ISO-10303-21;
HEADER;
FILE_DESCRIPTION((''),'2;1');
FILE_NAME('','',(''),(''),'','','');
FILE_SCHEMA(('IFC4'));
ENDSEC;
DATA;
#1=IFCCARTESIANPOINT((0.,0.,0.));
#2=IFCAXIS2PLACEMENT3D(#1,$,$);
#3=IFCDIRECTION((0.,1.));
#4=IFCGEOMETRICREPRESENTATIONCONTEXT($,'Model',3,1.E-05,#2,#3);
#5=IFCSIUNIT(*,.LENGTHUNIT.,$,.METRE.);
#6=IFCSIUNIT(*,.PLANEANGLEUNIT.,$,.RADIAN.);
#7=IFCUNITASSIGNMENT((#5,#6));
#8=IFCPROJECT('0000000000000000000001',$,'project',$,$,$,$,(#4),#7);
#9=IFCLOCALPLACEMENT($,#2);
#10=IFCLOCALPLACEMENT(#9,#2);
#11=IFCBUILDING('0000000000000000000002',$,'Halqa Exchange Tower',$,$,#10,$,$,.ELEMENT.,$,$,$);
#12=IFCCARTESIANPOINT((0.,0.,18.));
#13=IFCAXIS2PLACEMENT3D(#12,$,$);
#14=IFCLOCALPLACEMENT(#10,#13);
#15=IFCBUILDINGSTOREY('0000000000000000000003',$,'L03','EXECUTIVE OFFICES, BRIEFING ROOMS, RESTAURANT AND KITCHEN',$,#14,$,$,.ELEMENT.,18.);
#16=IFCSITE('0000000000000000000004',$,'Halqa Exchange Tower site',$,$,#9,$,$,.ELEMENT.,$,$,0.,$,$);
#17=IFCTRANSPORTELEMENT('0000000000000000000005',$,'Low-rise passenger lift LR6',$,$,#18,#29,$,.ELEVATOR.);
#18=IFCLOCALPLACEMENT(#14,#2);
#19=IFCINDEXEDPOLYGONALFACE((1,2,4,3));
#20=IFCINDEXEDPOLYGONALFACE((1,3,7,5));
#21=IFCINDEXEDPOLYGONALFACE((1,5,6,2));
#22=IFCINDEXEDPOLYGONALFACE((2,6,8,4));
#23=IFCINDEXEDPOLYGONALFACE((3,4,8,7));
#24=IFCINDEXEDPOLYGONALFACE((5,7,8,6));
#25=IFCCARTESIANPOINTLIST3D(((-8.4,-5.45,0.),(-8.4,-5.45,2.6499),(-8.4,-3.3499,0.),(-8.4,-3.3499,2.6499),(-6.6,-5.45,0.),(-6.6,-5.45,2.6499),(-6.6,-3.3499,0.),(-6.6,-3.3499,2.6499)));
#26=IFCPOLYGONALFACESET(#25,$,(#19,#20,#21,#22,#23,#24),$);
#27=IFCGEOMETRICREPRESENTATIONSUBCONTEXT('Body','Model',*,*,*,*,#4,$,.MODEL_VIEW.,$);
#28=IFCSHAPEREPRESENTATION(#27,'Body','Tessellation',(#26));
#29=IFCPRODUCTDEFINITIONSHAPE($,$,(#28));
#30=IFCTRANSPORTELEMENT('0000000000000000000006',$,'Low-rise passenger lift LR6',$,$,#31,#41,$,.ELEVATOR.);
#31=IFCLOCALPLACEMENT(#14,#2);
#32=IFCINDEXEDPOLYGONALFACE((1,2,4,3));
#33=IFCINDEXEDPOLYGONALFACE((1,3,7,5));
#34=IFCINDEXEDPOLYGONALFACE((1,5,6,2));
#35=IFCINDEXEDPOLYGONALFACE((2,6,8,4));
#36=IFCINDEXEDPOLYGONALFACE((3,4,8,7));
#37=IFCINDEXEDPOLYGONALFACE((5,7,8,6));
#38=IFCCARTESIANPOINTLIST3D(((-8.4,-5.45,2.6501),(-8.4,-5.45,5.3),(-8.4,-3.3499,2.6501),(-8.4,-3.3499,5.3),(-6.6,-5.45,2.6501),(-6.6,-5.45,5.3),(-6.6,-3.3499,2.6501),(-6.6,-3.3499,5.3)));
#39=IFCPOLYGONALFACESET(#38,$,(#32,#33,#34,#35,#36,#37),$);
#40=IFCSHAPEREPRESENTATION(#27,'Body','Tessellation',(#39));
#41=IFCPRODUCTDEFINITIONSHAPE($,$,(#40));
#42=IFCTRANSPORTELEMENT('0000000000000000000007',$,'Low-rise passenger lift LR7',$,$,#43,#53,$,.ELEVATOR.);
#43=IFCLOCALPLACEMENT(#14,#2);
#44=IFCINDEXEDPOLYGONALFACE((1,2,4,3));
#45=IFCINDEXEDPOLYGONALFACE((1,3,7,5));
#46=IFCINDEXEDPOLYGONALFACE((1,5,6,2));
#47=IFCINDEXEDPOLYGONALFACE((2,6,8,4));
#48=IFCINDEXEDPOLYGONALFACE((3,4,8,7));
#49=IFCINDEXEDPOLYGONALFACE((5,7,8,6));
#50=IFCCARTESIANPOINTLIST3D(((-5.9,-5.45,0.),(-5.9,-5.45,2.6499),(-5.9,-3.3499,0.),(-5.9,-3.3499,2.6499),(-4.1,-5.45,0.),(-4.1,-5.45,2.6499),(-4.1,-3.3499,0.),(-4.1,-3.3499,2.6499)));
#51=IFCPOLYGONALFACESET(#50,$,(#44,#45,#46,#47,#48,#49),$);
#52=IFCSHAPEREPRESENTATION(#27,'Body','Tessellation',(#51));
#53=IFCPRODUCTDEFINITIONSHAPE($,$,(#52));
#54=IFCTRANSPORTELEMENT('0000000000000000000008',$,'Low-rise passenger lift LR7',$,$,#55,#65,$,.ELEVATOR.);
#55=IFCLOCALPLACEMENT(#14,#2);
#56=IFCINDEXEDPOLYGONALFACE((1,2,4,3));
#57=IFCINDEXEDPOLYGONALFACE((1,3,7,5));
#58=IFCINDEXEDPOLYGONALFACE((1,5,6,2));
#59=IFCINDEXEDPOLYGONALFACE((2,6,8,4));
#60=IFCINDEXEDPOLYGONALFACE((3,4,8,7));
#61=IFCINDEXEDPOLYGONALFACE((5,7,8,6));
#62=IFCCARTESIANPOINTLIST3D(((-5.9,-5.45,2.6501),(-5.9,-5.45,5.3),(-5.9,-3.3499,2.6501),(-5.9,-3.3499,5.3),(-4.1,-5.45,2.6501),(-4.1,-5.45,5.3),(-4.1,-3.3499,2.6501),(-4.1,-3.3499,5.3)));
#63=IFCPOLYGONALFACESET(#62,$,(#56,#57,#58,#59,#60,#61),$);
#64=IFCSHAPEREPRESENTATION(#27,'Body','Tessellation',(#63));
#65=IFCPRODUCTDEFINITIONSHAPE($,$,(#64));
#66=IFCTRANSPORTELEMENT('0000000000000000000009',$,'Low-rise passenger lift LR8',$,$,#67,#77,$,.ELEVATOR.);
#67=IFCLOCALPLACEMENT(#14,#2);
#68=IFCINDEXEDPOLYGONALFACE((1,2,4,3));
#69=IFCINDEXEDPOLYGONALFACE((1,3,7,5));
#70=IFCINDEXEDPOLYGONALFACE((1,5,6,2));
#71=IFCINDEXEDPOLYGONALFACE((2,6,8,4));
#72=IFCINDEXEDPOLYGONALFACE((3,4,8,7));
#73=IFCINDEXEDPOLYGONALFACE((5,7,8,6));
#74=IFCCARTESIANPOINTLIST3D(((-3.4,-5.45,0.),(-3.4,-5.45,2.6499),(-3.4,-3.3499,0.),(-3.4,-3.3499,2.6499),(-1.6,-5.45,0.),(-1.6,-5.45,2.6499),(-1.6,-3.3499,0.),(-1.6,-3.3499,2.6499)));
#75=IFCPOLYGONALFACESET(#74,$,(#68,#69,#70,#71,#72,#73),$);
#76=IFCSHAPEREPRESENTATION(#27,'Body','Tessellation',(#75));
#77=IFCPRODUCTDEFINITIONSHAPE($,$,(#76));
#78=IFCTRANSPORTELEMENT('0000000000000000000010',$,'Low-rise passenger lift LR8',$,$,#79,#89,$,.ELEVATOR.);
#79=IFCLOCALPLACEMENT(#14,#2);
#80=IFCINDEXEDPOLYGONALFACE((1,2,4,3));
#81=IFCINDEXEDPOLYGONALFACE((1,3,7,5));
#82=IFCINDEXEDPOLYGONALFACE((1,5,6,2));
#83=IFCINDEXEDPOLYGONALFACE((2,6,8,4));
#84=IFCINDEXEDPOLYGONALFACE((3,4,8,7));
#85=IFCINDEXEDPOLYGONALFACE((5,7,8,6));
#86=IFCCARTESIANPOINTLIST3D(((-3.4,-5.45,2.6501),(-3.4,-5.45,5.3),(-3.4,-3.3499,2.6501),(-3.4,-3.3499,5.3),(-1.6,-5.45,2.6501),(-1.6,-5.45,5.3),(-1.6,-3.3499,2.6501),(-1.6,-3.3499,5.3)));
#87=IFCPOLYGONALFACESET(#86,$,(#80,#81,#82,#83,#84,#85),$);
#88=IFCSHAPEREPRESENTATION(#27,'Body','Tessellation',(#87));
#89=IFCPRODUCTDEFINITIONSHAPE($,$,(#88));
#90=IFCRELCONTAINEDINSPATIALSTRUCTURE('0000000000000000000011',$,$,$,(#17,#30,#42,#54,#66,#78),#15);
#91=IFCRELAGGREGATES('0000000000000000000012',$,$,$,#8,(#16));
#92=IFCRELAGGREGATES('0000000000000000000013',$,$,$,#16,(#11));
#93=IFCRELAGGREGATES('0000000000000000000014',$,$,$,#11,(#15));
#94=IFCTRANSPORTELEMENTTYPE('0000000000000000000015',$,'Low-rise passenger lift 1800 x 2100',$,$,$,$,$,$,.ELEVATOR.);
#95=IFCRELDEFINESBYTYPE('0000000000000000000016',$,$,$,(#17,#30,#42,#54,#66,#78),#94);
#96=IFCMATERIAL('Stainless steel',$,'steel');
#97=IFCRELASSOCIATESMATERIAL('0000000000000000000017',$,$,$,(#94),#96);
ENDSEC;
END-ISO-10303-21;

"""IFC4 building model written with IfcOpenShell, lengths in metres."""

from ifc_helpers import new_model, si_unit, direction, frame, origin, origin_2d, place, context, subcontext, project, spatial, rectangle, extrude, material, type_object, element, save


model = new_model("IFC4")

# Units and contexts
model_context = context("Model", 3, precision=1e-05, world=origin(), true_north=direction((0.0, 1.0)))
body_context = subcontext(model_context, "Body", "Model", "MODEL_VIEW")
ifc_project = project(units=[si_unit("LENGTHUNIT", "METRE"), si_unit("PLANEANGLEUNIT", "RADIAN")], contexts=[model_context])

# Site, building, storey
site_placement = place(None, origin())
site = spatial("IfcSite", under=ifc_project, at=site_placement, Name="Halqa Exchange Tower site", CompositionType="ELEMENT", RefElevation=0.0)
building_placement = place(site_placement, origin())
building = spatial("IfcBuilding", under=site, at=building_placement, Name="Halqa Exchange Tower", CompositionType="ELEMENT")
storey_placement = place(building_placement, frame((0.0, 0.0, 18.0)))
storey = spatial("IfcBuildingStorey", under=building, at=storey_placement, Name="L03", Description="EXECUTIVE OFFICES, BRIEFING ROOMS, RESTAURANT AND KITCHEN", CompositionType="ELEMENT", Elevation=18.0)

# Shared definitions
ifc_material_1 = material(Name="Stainless steel", Category="steel")

# Transport elements
transport_element_type = type_object("IfcTransportElementType", Name="Low-rise passenger lift 1800 x 2100", PredefinedType="ELEVATOR", material=ifc_material_1)
for number, where, z_axis, x_axis, name in (
    (1, (-7.5, -4.3999, 0.0), (0.0, 0.0, 1.0), (1.0, 0.0, 0.0), "Low-rise passenger lift LR6"),
    (2, (-7.5, -4.3999, 2.6501), (0.0, 0.0, 1.0), (1.0, 0.0, 0.0), "Low-rise passenger lift LR6"),
    (3, (-5.0, -4.3999, 0.0), (0.0, 0.0, 1.0), (1.0, 0.0, 0.0), "Low-rise passenger lift LR7"),
    (4, (-5.0, -4.3999, 2.6501), (0.0, 0.0, 1.0), (1.0, 0.0, 0.0), "Low-rise passenger lift LR7"),
    (5, (-2.5, -4.3999, 0.0), (0.0, 0.0, 1.0), (1.0, 0.0, 0.0), "Low-rise passenger lift LR8"),
    (6, (-2.5, -4.3999, 2.6501), (0.0, 0.0, 1.0), (1.0, 0.0, 0.0), "Low-rise passenger lift LR8"),
):
    element("IfcTransportElement", number, at=place(storey_placement, frame(where, z_axis=z_axis, x_axis=x_axis)), inside=storey, type_object=transport_element_type, Name=name, PredefinedType="ELEVATOR", context=body_context, shape_type="SweptSolid", body=[
        extrude(rectangle(XDim=1.8, YDim=2.1001, at=origin_2d()), origin(), (0.0, 0.0, 1.0), 2.6499),
    ])

save(model, "model.ifc")
